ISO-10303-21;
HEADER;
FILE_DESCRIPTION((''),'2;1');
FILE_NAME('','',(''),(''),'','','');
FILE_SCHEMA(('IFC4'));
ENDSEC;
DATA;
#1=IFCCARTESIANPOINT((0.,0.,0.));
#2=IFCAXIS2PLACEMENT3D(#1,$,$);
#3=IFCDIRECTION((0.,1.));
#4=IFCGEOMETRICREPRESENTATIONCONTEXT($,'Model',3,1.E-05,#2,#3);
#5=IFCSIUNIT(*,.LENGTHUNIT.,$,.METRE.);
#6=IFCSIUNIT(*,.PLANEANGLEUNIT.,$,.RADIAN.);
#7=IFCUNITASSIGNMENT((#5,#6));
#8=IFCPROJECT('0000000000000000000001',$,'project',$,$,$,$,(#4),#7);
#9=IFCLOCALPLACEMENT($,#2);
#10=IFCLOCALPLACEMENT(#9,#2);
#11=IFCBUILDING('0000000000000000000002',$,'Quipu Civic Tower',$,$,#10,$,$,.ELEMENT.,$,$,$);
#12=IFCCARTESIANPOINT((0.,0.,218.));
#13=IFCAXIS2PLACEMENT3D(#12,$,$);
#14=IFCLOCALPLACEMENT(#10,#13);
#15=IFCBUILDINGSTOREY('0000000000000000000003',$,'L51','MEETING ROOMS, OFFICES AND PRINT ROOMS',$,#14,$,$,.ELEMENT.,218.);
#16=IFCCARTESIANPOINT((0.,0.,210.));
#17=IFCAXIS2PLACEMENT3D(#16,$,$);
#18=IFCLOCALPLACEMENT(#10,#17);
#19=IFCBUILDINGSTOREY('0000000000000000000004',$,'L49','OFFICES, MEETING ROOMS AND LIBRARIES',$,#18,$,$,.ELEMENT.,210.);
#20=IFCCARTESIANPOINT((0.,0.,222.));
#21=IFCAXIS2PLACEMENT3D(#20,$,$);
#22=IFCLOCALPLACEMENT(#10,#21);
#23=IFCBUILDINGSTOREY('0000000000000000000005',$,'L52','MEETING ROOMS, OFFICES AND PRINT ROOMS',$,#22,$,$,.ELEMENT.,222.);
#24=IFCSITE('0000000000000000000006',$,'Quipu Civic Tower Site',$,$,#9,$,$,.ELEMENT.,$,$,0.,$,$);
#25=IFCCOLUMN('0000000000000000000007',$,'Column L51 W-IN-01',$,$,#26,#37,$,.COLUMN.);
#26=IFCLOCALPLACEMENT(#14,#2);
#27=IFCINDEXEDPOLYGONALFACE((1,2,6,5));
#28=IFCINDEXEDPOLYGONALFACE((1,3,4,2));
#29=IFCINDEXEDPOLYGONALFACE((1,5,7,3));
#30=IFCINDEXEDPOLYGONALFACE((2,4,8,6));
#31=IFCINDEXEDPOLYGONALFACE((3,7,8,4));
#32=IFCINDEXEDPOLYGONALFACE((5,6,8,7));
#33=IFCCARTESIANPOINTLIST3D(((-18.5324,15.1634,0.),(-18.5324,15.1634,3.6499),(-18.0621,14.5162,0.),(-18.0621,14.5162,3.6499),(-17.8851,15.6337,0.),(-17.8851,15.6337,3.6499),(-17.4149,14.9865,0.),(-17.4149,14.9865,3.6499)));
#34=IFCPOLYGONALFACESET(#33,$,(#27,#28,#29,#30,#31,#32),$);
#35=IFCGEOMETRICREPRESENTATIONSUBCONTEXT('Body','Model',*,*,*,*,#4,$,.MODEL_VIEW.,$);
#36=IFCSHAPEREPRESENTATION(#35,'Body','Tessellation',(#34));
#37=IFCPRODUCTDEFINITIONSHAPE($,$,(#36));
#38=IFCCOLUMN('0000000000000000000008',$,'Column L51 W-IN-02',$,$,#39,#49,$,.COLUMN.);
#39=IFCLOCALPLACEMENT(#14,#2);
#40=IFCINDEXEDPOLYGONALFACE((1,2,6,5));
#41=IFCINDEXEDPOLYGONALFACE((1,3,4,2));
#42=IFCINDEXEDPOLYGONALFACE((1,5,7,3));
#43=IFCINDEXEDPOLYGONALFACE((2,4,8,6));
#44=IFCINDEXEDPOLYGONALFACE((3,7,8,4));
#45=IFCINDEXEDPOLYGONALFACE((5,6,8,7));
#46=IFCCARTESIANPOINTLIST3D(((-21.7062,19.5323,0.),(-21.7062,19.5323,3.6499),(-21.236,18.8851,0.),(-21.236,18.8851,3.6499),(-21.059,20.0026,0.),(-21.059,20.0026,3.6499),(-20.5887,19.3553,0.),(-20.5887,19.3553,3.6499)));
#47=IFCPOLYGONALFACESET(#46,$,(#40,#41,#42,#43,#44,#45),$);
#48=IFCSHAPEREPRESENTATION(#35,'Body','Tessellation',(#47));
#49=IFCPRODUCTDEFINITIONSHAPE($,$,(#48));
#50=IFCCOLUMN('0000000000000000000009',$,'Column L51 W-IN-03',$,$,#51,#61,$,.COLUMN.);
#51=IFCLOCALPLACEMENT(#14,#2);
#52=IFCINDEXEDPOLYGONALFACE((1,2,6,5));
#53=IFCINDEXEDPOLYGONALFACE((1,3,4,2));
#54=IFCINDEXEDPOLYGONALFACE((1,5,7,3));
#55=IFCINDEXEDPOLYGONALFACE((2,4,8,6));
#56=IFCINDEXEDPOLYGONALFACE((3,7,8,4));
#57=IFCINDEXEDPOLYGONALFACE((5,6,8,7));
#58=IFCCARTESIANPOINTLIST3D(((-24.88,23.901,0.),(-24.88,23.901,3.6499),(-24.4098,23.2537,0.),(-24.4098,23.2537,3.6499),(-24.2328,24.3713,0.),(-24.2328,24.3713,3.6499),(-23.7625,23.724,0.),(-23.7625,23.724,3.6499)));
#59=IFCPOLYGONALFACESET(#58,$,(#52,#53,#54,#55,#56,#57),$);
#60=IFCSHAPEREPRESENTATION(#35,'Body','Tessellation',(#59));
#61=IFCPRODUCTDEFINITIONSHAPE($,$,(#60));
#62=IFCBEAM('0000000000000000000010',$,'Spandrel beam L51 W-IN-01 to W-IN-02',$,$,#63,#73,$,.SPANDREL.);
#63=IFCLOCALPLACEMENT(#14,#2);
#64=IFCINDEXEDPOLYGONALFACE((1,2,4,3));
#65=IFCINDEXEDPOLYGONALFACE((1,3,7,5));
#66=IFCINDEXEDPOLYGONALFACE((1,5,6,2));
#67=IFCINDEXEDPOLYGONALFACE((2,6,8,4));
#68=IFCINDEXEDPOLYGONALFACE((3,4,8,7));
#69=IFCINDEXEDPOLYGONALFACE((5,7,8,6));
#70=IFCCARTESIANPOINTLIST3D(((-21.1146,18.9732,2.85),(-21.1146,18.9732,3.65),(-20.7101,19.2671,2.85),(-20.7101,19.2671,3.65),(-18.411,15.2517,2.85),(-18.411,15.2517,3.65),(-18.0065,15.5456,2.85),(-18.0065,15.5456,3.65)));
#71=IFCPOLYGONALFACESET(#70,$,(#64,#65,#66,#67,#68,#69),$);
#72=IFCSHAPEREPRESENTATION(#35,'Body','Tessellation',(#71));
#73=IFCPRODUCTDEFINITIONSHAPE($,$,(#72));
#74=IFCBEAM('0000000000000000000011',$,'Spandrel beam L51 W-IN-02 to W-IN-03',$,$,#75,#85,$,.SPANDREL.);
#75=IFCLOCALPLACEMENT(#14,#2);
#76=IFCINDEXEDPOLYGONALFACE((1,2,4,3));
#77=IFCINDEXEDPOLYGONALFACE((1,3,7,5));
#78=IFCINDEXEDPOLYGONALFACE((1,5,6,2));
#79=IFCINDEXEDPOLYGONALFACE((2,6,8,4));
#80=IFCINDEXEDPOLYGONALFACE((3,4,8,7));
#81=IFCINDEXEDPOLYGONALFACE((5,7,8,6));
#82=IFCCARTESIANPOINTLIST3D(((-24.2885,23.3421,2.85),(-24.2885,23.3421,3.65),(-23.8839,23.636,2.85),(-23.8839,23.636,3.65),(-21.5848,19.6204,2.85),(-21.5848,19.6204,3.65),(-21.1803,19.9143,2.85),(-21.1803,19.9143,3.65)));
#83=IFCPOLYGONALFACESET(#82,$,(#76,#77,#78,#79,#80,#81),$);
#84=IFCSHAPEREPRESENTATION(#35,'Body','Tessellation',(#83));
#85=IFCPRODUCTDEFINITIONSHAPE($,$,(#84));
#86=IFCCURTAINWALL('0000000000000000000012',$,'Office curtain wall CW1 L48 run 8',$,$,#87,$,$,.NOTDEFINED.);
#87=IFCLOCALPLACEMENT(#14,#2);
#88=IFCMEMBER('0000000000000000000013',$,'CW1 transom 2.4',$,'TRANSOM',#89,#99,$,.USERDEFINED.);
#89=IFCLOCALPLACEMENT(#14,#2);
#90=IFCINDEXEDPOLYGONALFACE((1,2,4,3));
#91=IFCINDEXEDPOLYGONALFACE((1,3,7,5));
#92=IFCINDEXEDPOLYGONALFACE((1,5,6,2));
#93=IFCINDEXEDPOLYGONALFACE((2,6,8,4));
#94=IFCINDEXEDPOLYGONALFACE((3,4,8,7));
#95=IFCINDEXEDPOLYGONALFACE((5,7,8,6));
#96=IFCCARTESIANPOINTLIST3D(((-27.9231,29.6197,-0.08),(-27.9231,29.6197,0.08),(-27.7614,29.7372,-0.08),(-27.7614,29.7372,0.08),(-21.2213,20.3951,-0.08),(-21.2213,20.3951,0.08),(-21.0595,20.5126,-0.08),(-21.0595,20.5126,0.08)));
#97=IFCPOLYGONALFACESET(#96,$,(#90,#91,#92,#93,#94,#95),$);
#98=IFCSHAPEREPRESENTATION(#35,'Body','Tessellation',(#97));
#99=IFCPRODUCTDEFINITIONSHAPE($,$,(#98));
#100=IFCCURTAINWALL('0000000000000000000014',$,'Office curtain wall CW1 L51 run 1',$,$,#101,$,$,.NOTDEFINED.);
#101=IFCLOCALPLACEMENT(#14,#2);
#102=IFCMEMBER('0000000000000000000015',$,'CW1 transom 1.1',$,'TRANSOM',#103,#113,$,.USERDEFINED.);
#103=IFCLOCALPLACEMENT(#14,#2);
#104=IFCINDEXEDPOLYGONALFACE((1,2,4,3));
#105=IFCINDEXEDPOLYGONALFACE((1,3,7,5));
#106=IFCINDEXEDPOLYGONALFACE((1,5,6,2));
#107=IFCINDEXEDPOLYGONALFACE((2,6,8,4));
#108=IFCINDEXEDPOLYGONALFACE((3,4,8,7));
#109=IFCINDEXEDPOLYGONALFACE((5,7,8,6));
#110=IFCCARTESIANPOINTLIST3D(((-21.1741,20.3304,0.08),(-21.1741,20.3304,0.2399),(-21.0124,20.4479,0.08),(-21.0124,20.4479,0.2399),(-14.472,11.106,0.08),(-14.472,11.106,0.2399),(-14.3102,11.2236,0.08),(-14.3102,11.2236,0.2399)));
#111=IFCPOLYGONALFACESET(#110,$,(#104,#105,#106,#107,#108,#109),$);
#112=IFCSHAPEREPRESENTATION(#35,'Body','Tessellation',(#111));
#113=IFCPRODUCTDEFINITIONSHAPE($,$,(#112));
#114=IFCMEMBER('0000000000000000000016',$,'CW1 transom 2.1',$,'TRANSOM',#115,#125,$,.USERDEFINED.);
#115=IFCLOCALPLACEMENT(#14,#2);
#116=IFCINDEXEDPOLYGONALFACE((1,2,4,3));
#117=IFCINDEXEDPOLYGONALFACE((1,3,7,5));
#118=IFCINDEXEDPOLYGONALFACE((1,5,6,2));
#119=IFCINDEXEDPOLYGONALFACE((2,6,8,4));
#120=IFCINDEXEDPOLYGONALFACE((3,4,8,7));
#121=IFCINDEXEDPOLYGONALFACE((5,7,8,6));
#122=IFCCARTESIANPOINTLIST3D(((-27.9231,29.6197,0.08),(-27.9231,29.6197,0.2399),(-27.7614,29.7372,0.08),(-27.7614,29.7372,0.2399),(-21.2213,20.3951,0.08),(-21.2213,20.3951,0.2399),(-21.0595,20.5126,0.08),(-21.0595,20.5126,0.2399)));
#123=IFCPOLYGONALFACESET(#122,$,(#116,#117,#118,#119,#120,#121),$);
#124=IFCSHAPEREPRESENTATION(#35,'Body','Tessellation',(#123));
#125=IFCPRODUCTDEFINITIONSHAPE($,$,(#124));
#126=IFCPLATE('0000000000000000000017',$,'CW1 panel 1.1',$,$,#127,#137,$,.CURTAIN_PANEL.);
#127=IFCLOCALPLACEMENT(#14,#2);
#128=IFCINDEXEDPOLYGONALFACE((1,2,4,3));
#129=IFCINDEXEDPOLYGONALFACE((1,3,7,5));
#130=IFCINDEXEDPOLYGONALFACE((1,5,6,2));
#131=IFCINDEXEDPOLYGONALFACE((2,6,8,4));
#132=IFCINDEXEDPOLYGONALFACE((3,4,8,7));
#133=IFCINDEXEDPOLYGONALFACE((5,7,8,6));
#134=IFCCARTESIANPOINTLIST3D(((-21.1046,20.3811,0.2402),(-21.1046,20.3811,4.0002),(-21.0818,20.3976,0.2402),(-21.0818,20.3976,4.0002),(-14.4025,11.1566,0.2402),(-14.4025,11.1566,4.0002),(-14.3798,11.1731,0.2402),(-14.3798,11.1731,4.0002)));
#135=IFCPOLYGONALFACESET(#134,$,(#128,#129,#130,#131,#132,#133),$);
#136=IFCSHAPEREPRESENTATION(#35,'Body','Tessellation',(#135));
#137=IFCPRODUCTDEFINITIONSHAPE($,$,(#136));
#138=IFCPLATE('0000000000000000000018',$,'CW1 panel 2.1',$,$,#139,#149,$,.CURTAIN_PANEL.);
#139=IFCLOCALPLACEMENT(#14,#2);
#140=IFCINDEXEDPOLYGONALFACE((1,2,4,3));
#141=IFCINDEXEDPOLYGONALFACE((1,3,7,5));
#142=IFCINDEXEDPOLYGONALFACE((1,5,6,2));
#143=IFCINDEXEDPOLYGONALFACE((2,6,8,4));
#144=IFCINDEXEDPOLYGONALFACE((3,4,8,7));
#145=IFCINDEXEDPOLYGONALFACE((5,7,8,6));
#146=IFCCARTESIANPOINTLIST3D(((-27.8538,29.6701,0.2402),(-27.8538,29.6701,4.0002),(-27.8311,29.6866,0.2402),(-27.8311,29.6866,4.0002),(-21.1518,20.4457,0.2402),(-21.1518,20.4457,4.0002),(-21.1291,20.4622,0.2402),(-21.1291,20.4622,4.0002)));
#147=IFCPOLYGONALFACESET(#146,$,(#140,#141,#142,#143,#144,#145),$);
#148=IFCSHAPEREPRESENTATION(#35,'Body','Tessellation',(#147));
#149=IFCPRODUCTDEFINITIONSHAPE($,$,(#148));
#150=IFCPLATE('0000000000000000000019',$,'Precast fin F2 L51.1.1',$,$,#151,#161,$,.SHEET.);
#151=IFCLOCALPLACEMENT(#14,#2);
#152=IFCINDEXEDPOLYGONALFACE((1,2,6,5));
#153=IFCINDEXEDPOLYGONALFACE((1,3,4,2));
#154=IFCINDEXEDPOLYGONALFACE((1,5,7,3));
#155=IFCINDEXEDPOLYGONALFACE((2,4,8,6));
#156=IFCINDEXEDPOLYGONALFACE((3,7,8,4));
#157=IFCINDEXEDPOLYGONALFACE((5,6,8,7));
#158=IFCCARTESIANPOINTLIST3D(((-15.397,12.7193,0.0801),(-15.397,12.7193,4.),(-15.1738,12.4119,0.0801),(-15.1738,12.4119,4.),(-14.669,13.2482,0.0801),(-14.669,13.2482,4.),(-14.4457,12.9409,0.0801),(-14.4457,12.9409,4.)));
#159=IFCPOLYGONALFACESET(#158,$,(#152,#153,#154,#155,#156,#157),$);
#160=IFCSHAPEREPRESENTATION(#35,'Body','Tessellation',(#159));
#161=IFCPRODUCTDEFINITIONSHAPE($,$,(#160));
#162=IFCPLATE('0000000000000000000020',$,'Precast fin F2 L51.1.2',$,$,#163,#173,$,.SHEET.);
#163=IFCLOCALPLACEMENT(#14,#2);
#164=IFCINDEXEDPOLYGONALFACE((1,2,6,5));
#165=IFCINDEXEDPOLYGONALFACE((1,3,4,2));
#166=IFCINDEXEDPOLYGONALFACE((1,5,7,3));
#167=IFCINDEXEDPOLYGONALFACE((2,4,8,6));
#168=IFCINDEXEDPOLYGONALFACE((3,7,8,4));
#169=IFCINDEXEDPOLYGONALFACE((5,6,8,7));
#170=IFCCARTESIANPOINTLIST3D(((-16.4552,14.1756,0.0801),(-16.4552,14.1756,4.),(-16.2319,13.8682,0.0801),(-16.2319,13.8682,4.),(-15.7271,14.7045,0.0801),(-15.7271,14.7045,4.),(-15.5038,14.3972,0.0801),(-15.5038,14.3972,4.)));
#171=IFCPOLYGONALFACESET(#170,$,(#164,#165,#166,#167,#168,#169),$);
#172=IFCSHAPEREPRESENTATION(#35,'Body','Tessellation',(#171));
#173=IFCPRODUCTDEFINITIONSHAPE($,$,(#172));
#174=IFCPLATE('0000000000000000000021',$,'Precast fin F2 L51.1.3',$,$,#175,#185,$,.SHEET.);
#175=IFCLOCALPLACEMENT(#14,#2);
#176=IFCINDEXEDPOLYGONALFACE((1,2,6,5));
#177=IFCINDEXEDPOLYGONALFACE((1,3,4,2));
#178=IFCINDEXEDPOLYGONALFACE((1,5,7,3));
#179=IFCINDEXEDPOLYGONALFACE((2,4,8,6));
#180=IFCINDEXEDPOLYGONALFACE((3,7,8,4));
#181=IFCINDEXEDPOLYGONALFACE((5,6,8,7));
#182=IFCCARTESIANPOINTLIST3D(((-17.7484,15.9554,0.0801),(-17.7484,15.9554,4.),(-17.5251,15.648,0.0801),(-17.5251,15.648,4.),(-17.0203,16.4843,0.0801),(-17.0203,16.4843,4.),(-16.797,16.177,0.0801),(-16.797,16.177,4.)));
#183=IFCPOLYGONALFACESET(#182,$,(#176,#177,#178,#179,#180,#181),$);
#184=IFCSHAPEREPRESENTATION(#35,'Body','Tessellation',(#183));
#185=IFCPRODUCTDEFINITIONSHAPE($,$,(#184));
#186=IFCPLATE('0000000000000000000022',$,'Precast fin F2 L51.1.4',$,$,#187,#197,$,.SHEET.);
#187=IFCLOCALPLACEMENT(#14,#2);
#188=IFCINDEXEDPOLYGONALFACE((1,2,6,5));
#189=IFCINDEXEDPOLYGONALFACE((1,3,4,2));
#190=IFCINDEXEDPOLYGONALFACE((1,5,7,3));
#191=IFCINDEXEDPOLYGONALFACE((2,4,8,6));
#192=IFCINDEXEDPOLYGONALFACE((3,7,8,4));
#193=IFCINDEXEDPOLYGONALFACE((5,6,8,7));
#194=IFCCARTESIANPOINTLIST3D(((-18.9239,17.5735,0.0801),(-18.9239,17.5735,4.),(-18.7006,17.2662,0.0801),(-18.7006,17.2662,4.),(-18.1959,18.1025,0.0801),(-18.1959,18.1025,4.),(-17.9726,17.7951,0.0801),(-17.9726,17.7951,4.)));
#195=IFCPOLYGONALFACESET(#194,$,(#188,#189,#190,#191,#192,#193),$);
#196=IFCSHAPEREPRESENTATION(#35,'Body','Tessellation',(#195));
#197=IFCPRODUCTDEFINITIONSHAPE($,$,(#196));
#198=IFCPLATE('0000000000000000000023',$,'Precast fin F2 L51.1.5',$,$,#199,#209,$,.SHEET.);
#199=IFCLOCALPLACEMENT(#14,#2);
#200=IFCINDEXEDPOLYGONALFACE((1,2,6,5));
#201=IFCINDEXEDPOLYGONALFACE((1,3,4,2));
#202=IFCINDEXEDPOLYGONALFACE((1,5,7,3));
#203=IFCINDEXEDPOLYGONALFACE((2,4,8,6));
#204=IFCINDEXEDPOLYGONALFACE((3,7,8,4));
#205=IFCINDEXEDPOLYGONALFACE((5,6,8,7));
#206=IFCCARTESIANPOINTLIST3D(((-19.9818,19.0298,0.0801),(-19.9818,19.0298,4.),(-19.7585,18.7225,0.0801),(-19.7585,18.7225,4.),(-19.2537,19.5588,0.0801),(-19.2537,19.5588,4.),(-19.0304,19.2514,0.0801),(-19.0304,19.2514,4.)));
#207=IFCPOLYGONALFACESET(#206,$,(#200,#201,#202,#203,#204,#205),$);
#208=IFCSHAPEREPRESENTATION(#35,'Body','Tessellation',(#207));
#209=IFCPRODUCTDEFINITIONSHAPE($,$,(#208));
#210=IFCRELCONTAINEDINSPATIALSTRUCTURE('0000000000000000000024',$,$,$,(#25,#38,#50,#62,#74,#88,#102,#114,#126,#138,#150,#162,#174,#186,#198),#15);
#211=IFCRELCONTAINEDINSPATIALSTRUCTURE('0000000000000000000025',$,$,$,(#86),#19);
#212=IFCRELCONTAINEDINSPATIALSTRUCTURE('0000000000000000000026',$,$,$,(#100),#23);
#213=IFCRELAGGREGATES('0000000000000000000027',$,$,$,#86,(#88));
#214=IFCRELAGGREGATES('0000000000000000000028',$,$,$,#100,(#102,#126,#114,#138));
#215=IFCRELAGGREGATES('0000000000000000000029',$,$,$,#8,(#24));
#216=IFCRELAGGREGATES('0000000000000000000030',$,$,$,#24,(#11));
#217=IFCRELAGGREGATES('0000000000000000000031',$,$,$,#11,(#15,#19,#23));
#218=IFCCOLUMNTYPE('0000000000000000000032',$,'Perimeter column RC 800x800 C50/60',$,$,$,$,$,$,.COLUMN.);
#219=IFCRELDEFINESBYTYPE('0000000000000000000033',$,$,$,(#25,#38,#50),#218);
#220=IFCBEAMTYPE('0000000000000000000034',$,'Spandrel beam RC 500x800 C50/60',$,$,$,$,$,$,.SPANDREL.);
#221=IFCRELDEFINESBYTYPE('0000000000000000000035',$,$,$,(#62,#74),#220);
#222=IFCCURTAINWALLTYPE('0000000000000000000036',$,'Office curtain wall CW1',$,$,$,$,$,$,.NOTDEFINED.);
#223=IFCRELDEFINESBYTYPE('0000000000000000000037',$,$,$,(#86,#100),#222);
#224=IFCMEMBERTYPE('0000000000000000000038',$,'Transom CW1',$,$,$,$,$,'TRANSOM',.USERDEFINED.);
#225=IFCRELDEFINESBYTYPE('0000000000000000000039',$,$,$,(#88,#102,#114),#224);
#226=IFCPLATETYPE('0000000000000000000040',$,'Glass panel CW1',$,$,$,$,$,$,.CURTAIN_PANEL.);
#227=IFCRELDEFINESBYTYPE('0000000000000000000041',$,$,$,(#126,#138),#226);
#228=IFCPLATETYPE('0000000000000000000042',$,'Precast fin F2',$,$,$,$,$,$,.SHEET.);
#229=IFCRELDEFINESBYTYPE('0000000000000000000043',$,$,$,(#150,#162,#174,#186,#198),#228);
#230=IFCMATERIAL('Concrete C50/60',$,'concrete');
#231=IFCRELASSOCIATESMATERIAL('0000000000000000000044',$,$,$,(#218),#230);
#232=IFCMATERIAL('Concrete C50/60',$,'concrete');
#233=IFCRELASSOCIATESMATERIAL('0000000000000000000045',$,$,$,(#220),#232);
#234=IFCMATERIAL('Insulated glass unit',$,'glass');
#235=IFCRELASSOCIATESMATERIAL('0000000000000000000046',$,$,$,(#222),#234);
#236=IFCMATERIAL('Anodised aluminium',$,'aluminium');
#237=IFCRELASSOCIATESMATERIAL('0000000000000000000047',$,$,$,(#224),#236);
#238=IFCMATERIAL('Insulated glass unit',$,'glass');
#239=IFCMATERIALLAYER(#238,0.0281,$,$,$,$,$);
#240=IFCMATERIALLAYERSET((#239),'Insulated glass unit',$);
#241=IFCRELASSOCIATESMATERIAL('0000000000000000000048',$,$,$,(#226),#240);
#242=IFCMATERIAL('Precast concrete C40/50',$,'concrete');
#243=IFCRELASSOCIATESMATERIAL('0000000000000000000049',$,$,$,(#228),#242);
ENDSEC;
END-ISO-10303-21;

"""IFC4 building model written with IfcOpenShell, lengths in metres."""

from ifc_helpers import new_model, si_unit, direction, frame, origin, origin_2d, place, context, subcontext, project, spatial, rectangle, extrude, material, layer, layer_set, material_profile, profile_set, type_object, element, aggregate, save


model = new_model("IFC4")

# Units and contexts
model_context = context("Model", 3, precision=1e-05, world=origin(), true_north=direction((0.0, 1.0)))
body_context = subcontext(model_context, "Body", "Model", "MODEL_VIEW")
ifc_project = project(units=[si_unit("LENGTHUNIT", "METRE"), si_unit("PLANEANGLEUNIT", "RADIAN")], contexts=[model_context])

# Site, building, storey
site_placement = place(None, origin())
site = spatial("IfcSite", under=ifc_project, at=site_placement, Name="Quipu Civic Tower Site", CompositionType="ELEMENT", RefElevation=0.0)
building_placement = place(site_placement, origin())
building = spatial("IfcBuilding", under=site, at=building_placement, Name="Quipu Civic Tower", CompositionType="ELEMENT")
storey_1_placement = place(building_placement, frame((0.0, 0.0, 218.0)))
storey_1 = spatial("IfcBuildingStorey", under=building, at=storey_1_placement, Name="L51", Description="MEETING ROOMS, OFFICES AND PRINT ROOMS", CompositionType="ELEMENT", Elevation=218.0)

# Columns
ifc_material_1 = material(Name="Concrete C50/60", Category="concrete")
ifc_material_profile_1 = material_profile(ifc_material_1, rectangle(XDim=0.8, YDim=0.8, at=origin_2d()), Name="RC800x800")
ifc_profile_set_1 = profile_set([ifc_material_profile_1], Name="Concrete C50/60")
column_type = type_object("IfcColumnType", Name="Perimeter column RC 800x800 C50/60", PredefinedType="COLUMN", material=ifc_profile_set_1)
for number, where, z_axis, x_axis, name in (
    (1, (-17.9736, 15.075, 0.0), (0.0, 0.0, 1.0), (-0.587785, 0.809017, 0.0), "Column L51 W-IN-01"),
    (2, (-21.1475, 19.4438, 0.0), (0.0, 0.0, 1.0), (-0.587785, 0.809017, 0.0), "Column L51 W-IN-02"),
    (3, (-24.3213, 23.8125, 0.0), (0.0, 0.0, 1.0), (-0.587785, 0.809017, 0.0), "Column L51 W-IN-03"),
):
    element("IfcColumn", number, at=place(storey_1_placement, frame(where, z_axis=z_axis, x_axis=x_axis)), inside=storey_1, type_object=column_type, Name=name, PredefinedType="COLUMN", context=body_context, shape_type="SweptSolid", body=[
        extrude(rectangle(XDim=0.8, YDim=0.8, at=origin_2d()), origin(), (0.0, 0.0, 1.0), 3.6499),
    ])

# Beams
ifc_material_2 = material(Name="Concrete C50/60", Category="concrete")
ifc_material_profile_2 = material_profile(ifc_material_2, rectangle(XDim=0.5, YDim=0.8, at=origin_2d()), Name="RC500x800")
ifc_profile_set_2 = profile_set([ifc_material_profile_2], Name="Concrete C50/60")
beam_type = type_object("IfcBeamType", Name="Spandrel beam RC 500x800 C50/60", PredefinedType="SPANDREL", material=ifc_profile_set_2)
beam_1_placement = place(storey_1_placement, frame((-18.2087, 15.3987, 3.25), z_axis=(-0.587761, 0.809034, 0.0), x_axis=(-0.809034, -0.587761, 0.0)))
element("IfcBeam", 4, at=beam_1_placement, inside=storey_1, type_object=beam_type, Name="Spandrel beam L51 W-IN-01 to W-IN-02", PredefinedType="SPANDREL", context=body_context, shape_type="SweptSolid", body=[
    extrude(rectangle(XDim=0.5, YDim=0.8, at=origin_2d()), origin(), (0.0, 0.0, 1.0), 4.5999),
])
beam_2_placement = place(storey_1_placement, frame((-21.3826, 19.7673, 3.25), z_axis=(-0.587736, 0.809053, 0.0), x_axis=(-0.809053, -0.587736, 0.0)))
element("IfcBeam", 5, at=beam_2_placement, inside=storey_1, type_object=beam_type, Name="Spandrel beam L51 W-IN-02 to W-IN-03", PredefinedType="SPANDREL", context=body_context, shape_type="SweptSolid", body=[
    extrude(rectangle(XDim=0.5, YDim=0.8, at=origin_2d()), origin(), (0.0, 0.0, 1.0), 4.6001),
])

# Shared definitions
storey_2_placement = place(building_placement, frame((0.0, 0.0, 210.0)))
storey_2 = spatial("IfcBuildingStorey", under=building, at=storey_2_placement, Name="L49", Description="OFFICES, MEETING ROOMS AND LIBRARIES", CompositionType="ELEMENT", Elevation=210.0)

# Curtain wall, member
ifc_material_3 = material(Name="Insulated glass unit", Category="glass")
curtain_wall_type = type_object("IfcCurtainWallType", Name="Office curtain wall CW1", PredefinedType="NOTDEFINED", material=ifc_material_3)
curtain_wall_1_placement = place(storey_2_placement, origin())
curtain_wall_1 = element("IfcCurtainWall", 6, at=curtain_wall_1_placement, inside=storey_2, type_object=curtain_wall_type, Name="Office curtain wall CW1 L48 run 8", PredefinedType="NOTDEFINED")
ifc_material_4 = material(Name="Anodised aluminium", Category="aluminium")
ifc_material_profile_3 = material_profile(ifc_material_4, rectangle(XDim=0.2, YDim=0.1599, at=origin_2d()), Name="RECT 200x160")
ifc_profile_set_3 = profile_set([ifc_material_profile_3], Name="Anodised aluminium")
member_type = type_object("IfcMemberType", Name="Transom CW1", ElementType="TRANSOM", PredefinedType="USERDEFINED", material=ifc_profile_set_3)
member_1_placement = place(storey_1_placement, frame((-21.1404, 20.4539, 0.0), z_axis=(-0.587776, 0.809024, 0.0), x_axis=(-0.809024, -0.587776, 0.0)))
member_1 = element("IfcMember", 7, at=member_1_placement, inside=storey_1, type_object=member_type, Name="CW1 transom 2.4", ObjectType="TRANSOM", PredefinedType="USERDEFINED", context=body_context, shape_type="SweptSolid", body=[
    extrude(rectangle(XDim=0.2, YDim=0.1599, at=origin_2d()), origin(), (0.0, 0.0, 1.0), 11.4021),
])
aggregate(curtain_wall_1, [member_1])

# Shared definitions
storey_3_placement = place(building_placement, frame((0.0, 0.0, 222.0)))
storey_3 = spatial("IfcBuildingStorey", under=building, at=storey_3_placement, Name="L52", Description="MEETING ROOMS, OFFICES AND PRINT ROOMS", CompositionType="ELEMENT", Elevation=222.0)

# Curtain wall, members, plates
curtain_wall_2_placement = place(storey_3_placement, origin())
curtain_wall_2 = element("IfcCurtainWall", 8, at=curtain_wall_2_placement, inside=storey_3, type_object=curtain_wall_type, Name="Office curtain wall CW1 L51 run 1", PredefinedType="NOTDEFINED")
member_2_placement = place(storey_1_placement, frame((-14.3911, 11.1648, 0.1599), z_axis=(-0.5878, 0.809006, 0.0), x_axis=(-0.809006, -0.5878, 0.0)))
member_2 = element("IfcMember", 9, at=member_2_placement, inside=storey_1, type_object=member_type, Name="CW1 transom 1.1", ObjectType="TRANSOM", PredefinedType="USERDEFINED", context=body_context, shape_type="SweptSolid", body=[
    extrude(rectangle(XDim=0.2, YDim=0.1599, at=origin_2d()), origin(), (0.0, 0.0, 1.0), 11.4021),
])
member_3_placement = place(storey_1_placement, frame((-21.1404, 20.4539, 0.1599), z_axis=(-0.587776, 0.809024, 0.0), x_axis=(-0.809024, -0.587776, 0.0)))
member_3 = element("IfcMember", 10, at=member_3_placement, inside=storey_1, type_object=member_type, Name="CW1 transom 2.1", ObjectType="TRANSOM", PredefinedType="USERDEFINED", context=body_context, shape_type="SweptSolid", body=[
    extrude(rectangle(XDim=0.2, YDim=0.1599, at=origin_2d()), origin(), (0.0, 0.0, 1.0), 11.4021),
])
ifc_material_5 = material(Name="Insulated glass unit", Category="glass")
ifc_layer = layer(ifc_material_5, 0.0281)
ifc_layer_set = layer_set([ifc_layer], Name="Insulated glass unit")
plate_type_1 = type_object("IfcPlateType", Name="Glass panel CW1", PredefinedType="CURTAIN_PANEL", material=ifc_layer_set)
plate_1_placement = place(storey_1_placement, frame((-17.7422, 15.7771, 0.2402), z_axis=(0.0, 0.0, 1.0), x_axis=(-0.587789, 0.809014, 0.0)))
plate_1 = element("IfcPlate", 11, at=plate_1_placement, inside=storey_1, type_object=plate_type_1, Name="CW1 panel 1.1", PredefinedType="CURTAIN_PANEL", context=body_context, shape_type="SweptSolid", body=[
    extrude(rectangle(XDim=11.4021, YDim=0.0281, at=origin_2d()), origin(), (0.0, 0.0, 1.0), 3.76),
])
plate_2_placement = place(storey_1_placement, frame((-24.4915, 25.0662, 0.2402), z_axis=(0.0, 0.0, 1.0), x_axis=(-0.587789, 0.809014, 0.0)))
plate_2 = element("IfcPlate", 12, at=plate_2_placement, inside=storey_1, type_object=plate_type_1, Name="CW1 panel 2.1", PredefinedType="CURTAIN_PANEL", context=body_context, shape_type="SweptSolid", body=[
    extrude(rectangle(XDim=11.4021, YDim=0.0281, at=origin_2d()), origin(), (0.0, 0.0, 1.0), 3.76),
])
aggregate(curtain_wall_2, [member_2, plate_1, member_3, plate_2])

# Plates
ifc_material_6 = material(Name="Precast concrete C40/50", Category="concrete")
plate_type_2 = type_object("IfcPlateType", Name="Precast fin F2", PredefinedType="SHEET", material=ifc_material_6)
for number, where, z_axis, x_axis, name in (
    (13, (-14.9214, 12.8301, 0.0801), (0.0, 0.0, 1.0), (-0.587787, 0.809016, 0.0), "Precast fin F2 L51.1.1"),
    (14, (-15.9795, 14.2864, 0.0801), (0.0, 0.0, 1.0), (-0.587787, 0.809016, 0.0), "Precast fin F2 L51.1.2"),
    (15, (-17.2727, 16.0662, 0.0801), (0.0, 0.0, 1.0), (-0.587787, 0.809016, 0.0), "Precast fin F2 L51.1.3"),
    (16, (-18.4482, 17.6843, 0.0801), (0.0, 0.0, 1.0), (-0.587787, 0.809016, 0.0), "Precast fin F2 L51.1.4"),
    (17, (-19.5061, 19.1406, 0.0801), (0.0, 0.0, 1.0), (-0.587787, 0.809016, 0.0), "Precast fin F2 L51.1.5"),
):
    element("IfcPlate", number, at=place(storey_1_placement, frame(where, z_axis=z_axis, x_axis=x_axis)), inside=storey_1, type_object=plate_type_2, Name=name, PredefinedType="SHEET", context=body_context, shape_type="SweptSolid", body=[
        extrude(rectangle(XDim=0.3799, YDim=0.8999, at=origin_2d()), origin(), (0.0, 0.0, 1.0), 3.9199),
    ])

save(model, "model.ifc")
